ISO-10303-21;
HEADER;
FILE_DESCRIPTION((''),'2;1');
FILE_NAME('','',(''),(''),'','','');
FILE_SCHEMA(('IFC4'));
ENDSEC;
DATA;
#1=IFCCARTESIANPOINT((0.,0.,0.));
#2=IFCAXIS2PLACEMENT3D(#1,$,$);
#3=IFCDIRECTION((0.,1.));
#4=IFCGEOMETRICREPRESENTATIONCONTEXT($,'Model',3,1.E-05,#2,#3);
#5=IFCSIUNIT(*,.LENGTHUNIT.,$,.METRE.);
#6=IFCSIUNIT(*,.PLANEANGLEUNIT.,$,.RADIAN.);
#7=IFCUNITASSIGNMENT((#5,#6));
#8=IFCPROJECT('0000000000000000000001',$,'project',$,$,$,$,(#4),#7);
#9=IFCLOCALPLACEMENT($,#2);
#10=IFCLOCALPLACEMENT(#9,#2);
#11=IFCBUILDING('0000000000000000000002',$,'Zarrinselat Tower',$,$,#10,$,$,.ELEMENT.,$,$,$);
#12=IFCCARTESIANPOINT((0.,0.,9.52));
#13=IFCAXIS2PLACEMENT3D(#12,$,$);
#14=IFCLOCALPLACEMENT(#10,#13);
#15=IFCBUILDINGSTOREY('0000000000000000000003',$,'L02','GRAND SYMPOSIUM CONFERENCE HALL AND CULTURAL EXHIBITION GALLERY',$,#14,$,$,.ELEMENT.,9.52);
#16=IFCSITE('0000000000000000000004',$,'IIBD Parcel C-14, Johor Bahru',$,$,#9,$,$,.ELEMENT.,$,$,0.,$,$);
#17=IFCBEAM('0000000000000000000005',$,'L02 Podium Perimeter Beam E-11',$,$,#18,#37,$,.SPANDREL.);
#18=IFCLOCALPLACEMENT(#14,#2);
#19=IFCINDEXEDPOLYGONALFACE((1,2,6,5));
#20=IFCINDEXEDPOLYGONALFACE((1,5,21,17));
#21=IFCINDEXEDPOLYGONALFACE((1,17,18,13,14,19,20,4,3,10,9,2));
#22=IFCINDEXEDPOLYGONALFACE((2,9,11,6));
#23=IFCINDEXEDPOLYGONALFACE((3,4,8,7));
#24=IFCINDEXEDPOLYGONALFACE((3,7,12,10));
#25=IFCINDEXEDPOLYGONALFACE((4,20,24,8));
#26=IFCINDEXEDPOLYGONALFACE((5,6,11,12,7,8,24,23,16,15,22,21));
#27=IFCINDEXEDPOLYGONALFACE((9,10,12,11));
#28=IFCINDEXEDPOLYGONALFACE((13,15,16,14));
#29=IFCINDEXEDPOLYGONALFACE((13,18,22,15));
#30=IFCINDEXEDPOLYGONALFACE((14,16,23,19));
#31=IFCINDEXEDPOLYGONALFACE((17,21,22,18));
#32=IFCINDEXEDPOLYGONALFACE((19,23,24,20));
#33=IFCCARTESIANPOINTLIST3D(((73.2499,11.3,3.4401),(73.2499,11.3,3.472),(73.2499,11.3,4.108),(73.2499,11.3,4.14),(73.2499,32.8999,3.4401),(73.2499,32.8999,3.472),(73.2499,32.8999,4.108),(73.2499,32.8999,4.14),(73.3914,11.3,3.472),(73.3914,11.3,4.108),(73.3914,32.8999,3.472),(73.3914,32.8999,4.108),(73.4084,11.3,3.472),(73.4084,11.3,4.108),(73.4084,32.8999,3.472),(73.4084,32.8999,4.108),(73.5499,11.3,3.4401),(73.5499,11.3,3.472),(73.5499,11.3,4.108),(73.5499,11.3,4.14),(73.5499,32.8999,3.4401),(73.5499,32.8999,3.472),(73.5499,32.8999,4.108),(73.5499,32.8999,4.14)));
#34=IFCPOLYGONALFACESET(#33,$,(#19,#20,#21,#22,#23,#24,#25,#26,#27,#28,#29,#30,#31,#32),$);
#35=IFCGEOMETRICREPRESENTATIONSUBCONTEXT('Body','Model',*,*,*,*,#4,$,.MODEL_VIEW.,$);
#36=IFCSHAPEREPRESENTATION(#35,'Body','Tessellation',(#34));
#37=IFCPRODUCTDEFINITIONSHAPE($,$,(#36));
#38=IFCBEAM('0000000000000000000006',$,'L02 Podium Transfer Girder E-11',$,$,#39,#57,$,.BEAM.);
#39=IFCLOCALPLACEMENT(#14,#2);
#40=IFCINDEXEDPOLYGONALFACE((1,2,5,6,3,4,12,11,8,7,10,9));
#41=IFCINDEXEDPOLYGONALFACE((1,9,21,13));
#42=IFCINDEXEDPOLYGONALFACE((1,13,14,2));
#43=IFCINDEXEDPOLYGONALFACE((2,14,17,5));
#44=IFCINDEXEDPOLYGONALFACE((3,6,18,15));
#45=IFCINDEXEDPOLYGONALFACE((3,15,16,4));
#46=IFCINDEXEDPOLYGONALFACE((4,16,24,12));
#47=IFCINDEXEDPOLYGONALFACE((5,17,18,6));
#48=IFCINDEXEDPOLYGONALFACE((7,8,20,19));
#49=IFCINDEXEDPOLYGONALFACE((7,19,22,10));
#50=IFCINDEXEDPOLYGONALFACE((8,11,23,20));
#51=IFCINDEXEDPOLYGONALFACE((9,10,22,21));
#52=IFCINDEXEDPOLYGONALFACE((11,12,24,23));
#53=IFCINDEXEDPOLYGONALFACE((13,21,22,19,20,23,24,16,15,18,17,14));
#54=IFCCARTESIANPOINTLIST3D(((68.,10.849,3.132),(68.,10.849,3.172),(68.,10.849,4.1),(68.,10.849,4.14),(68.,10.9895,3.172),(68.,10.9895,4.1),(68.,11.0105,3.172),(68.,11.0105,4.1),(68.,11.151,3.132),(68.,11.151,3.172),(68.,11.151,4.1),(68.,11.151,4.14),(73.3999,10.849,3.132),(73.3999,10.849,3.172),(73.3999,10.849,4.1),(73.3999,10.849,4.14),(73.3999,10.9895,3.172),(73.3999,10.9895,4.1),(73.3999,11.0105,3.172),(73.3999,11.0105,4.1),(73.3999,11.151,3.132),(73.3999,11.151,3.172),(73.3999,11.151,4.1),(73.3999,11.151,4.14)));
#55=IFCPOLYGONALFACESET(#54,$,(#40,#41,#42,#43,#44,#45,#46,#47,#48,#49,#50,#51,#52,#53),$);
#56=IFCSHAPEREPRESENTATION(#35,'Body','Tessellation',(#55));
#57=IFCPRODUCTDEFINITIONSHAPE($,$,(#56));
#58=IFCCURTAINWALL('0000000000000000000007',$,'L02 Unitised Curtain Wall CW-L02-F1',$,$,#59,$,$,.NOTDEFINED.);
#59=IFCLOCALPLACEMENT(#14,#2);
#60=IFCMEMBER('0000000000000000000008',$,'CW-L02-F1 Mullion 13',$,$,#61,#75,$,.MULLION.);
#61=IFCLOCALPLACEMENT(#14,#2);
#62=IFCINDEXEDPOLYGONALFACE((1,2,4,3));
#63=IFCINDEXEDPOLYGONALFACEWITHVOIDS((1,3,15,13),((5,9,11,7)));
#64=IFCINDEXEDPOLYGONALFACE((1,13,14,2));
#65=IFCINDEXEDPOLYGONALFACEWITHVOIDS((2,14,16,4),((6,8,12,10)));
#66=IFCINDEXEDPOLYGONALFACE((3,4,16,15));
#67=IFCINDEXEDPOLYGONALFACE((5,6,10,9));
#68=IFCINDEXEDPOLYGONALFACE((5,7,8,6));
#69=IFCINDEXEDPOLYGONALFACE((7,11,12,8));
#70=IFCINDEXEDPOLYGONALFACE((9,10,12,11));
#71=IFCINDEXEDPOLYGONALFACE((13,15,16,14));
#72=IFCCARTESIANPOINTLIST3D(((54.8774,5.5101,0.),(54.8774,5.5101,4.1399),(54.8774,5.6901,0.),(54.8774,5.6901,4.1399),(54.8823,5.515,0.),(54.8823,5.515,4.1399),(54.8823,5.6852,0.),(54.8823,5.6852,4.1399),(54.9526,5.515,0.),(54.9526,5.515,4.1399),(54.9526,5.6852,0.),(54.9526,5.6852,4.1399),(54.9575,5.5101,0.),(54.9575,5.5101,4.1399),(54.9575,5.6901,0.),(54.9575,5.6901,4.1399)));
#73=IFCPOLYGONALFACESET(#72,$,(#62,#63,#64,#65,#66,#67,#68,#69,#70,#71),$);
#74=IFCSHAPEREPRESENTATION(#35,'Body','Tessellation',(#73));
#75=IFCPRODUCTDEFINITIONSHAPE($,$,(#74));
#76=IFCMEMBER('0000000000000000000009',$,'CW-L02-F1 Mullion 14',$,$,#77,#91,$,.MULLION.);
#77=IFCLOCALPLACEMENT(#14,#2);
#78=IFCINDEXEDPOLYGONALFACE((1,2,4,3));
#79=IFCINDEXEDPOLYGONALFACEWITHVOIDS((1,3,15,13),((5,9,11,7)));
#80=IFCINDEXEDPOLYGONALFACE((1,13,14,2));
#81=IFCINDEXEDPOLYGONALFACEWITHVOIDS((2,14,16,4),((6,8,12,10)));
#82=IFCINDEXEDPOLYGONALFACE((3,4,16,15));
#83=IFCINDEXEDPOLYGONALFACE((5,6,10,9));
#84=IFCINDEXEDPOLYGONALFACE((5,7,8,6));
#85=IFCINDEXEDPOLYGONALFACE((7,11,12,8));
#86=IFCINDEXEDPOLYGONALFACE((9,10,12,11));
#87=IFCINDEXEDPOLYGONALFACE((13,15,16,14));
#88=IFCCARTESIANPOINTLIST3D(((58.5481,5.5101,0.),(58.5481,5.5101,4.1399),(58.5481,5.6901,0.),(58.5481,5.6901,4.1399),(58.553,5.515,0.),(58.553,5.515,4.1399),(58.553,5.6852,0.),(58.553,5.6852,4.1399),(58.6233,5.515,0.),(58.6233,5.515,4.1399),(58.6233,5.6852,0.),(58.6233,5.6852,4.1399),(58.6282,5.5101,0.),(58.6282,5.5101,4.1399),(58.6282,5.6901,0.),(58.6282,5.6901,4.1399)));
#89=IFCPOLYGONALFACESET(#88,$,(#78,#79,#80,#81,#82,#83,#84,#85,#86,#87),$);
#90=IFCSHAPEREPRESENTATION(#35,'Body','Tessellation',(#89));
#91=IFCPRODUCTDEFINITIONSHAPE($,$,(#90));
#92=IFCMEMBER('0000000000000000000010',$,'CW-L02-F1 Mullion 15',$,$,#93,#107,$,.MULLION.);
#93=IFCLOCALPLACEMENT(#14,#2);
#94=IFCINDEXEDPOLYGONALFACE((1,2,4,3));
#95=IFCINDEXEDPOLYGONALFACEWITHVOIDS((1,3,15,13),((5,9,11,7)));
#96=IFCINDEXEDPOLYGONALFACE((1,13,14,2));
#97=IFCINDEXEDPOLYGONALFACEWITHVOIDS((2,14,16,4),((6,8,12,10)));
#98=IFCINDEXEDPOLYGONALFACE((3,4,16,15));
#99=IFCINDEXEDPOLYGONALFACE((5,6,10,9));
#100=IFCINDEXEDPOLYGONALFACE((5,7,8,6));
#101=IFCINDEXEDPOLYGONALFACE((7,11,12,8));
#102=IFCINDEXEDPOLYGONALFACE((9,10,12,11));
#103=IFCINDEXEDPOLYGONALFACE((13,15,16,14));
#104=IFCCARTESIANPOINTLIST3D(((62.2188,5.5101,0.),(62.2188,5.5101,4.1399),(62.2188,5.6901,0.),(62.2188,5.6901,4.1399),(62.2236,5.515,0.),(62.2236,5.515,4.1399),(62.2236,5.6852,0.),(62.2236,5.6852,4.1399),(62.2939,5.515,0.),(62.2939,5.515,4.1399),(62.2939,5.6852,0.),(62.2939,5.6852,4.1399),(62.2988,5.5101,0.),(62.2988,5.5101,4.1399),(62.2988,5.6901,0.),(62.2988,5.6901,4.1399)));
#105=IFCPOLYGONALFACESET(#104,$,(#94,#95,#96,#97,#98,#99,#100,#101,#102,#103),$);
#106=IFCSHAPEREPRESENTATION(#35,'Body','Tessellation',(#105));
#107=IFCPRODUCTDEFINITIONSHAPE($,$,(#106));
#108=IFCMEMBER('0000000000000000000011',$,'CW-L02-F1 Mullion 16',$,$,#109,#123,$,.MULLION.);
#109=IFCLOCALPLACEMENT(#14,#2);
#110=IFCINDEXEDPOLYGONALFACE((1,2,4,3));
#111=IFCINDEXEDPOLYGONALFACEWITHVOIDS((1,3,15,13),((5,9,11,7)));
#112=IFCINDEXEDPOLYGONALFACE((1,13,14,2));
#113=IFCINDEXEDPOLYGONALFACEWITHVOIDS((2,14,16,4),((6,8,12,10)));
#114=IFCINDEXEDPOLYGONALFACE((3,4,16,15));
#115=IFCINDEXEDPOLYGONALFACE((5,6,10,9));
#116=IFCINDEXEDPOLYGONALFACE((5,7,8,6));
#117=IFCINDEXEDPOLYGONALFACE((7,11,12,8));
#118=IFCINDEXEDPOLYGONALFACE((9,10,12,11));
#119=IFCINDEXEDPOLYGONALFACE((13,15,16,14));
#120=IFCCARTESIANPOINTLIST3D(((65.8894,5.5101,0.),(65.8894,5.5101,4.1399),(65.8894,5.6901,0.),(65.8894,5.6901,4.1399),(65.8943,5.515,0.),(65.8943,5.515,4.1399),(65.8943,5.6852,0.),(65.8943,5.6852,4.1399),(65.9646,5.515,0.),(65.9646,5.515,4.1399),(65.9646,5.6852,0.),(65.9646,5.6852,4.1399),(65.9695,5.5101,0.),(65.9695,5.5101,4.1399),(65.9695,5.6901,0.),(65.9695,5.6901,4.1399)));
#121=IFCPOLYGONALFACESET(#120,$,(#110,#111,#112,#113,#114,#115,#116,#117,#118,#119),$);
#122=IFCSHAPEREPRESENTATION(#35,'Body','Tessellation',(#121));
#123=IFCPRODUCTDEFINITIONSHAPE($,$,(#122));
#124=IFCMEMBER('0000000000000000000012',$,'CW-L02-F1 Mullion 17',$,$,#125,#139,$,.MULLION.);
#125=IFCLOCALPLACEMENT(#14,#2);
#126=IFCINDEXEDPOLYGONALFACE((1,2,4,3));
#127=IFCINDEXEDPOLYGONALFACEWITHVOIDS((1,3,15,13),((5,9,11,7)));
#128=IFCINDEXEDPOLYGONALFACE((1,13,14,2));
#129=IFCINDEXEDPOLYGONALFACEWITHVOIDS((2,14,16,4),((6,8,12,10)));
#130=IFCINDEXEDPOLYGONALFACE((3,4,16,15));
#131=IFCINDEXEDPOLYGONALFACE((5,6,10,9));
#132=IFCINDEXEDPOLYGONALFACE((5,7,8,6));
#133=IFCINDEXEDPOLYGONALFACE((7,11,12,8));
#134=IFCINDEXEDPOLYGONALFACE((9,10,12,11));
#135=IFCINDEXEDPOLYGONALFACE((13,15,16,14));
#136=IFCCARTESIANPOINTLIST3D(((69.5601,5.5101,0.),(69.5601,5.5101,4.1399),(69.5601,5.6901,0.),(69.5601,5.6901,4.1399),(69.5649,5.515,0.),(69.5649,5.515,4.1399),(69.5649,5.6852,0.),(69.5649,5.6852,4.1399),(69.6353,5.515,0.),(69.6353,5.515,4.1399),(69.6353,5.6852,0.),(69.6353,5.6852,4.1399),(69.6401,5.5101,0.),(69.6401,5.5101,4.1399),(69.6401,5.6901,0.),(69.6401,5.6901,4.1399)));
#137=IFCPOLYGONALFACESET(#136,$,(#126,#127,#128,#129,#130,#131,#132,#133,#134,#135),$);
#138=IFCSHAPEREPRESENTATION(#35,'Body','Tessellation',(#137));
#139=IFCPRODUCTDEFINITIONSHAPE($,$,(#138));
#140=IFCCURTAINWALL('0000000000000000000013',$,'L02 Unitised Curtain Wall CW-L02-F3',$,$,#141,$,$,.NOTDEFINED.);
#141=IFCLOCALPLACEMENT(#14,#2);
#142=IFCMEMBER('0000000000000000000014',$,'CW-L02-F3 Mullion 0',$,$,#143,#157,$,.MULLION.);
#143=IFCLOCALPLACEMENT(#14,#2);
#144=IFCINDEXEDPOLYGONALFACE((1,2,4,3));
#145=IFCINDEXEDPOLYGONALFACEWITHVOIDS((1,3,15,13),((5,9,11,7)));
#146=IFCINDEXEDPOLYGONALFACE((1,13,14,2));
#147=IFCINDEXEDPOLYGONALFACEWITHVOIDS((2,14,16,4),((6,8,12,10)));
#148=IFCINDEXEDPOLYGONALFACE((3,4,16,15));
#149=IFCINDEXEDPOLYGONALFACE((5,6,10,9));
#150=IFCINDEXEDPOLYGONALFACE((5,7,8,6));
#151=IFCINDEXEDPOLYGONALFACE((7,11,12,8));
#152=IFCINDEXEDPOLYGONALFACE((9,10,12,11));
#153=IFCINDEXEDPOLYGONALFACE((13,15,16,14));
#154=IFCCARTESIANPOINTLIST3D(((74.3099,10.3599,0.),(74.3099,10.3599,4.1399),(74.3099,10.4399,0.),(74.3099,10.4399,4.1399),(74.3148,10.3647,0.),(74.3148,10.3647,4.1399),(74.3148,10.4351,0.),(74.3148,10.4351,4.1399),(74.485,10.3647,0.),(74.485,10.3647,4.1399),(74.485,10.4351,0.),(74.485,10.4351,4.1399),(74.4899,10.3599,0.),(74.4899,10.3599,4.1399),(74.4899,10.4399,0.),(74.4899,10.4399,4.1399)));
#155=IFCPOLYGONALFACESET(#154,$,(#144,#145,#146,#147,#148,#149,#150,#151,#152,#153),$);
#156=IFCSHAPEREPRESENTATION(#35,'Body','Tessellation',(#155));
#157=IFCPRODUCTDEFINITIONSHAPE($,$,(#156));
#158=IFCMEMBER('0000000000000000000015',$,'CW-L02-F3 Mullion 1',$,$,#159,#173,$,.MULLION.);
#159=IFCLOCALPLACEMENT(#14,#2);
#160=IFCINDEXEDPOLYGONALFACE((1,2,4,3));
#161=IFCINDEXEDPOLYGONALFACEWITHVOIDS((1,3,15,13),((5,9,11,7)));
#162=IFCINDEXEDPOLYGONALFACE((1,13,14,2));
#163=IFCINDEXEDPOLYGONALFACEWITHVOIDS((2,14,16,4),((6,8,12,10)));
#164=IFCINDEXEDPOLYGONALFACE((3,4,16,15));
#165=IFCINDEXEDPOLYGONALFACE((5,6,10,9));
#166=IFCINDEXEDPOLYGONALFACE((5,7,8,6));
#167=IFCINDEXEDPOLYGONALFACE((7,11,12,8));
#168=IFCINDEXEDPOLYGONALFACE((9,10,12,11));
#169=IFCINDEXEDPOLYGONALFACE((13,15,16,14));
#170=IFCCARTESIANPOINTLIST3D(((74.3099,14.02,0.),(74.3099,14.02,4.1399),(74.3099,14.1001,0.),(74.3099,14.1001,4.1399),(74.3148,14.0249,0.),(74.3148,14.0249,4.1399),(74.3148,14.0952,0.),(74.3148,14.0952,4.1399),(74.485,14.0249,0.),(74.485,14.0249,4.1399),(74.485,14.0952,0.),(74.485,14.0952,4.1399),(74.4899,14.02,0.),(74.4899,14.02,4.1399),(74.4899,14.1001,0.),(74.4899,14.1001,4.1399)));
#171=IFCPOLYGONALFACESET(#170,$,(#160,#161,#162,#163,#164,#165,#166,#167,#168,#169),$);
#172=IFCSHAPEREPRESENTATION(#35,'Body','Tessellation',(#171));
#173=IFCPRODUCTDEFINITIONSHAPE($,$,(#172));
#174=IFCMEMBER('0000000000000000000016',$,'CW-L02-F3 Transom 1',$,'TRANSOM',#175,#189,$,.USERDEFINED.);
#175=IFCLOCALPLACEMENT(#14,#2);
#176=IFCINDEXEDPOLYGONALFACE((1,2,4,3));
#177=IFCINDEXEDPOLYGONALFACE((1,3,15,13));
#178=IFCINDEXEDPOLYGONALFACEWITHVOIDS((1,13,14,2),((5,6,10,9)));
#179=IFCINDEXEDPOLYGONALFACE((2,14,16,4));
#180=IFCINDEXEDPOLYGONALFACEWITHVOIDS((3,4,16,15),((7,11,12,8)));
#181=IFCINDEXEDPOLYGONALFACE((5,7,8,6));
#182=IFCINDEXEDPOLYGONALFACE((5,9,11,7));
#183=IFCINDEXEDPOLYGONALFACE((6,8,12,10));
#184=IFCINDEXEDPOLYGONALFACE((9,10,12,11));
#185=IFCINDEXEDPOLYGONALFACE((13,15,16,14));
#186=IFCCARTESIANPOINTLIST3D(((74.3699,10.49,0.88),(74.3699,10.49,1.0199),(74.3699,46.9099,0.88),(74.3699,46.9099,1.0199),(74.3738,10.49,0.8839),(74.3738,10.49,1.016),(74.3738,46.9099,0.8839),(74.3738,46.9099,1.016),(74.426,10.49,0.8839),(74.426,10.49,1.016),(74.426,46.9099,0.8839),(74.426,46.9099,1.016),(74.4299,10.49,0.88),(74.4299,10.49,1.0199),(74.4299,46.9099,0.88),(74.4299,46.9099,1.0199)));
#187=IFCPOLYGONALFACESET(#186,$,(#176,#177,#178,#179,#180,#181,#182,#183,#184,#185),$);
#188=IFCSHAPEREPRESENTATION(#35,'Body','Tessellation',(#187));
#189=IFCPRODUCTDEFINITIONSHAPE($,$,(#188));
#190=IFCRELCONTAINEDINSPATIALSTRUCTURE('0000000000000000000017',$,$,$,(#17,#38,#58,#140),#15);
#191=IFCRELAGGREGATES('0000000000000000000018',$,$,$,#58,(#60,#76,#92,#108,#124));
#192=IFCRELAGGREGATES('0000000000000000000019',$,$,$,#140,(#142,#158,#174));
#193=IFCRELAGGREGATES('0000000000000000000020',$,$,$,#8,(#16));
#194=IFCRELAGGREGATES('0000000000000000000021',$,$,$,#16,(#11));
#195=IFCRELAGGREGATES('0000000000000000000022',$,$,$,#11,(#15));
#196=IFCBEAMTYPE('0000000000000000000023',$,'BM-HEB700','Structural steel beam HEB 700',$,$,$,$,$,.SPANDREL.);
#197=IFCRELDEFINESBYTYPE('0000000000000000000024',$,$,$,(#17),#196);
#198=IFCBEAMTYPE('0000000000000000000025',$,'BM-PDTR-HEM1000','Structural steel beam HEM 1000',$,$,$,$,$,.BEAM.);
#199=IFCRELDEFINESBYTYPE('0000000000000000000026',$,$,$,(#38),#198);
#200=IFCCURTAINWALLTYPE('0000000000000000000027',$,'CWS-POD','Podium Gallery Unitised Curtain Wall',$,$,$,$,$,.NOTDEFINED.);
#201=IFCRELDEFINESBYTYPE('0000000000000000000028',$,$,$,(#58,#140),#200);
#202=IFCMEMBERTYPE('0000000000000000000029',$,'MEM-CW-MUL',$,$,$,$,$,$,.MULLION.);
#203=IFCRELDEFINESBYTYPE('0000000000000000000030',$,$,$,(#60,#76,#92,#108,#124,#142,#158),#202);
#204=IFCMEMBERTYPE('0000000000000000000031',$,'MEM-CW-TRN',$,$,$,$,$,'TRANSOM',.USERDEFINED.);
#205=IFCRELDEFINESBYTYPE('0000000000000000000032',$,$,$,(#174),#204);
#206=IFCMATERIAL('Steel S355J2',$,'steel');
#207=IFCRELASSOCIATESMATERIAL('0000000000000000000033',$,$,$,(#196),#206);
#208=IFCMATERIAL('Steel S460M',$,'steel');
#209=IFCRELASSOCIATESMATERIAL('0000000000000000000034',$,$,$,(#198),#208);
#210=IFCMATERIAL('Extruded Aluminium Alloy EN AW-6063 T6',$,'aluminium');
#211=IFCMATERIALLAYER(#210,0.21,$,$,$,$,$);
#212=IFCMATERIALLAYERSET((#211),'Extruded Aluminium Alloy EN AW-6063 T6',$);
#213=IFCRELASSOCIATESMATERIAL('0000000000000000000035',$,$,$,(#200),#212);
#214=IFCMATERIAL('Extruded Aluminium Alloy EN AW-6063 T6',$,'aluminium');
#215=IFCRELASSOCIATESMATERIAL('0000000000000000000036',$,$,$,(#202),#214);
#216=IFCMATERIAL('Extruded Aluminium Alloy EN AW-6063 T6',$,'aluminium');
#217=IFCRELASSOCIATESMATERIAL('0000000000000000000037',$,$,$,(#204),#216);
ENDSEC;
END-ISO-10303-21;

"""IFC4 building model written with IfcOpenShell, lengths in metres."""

from ifc_helpers import new_model, si_unit, direction, frame, origin, origin_2d, place, context, subcontext, project, spatial, hollow_rectangle, i_section, extrude, material, layer, layer_set, material_profile, profile_set, type_object, element, aggregate, save


model = new_model("IFC4")

# Units and contexts
model_context = context("Model", 3, precision=1e-05, world=origin(), true_north=direction((0.0, 1.0)))
body_context = subcontext(model_context, "Body", "Model", "MODEL_VIEW")
ifc_project = project(units=[si_unit("LENGTHUNIT", "METRE"), si_unit("PLANEANGLEUNIT", "RADIAN")], contexts=[model_context])

# Site, building, storey
site_placement = place(None, origin())
site = spatial("IfcSite", under=ifc_project, at=site_placement, Name="IIBD Parcel C-14, Johor Bahru", CompositionType="ELEMENT", RefElevation=0.0)
building_placement = place(site_placement, origin())
building = spatial("IfcBuilding", under=site, at=building_placement, Name="Zarrinselat Tower", CompositionType="ELEMENT")
storey_placement = place(building_placement, frame((0.0, 0.0, 9.52)))
storey = spatial("IfcBuildingStorey", under=building, at=storey_placement, Name="L02", Description="GRAND SYMPOSIUM CONFERENCE HALL AND CULTURAL EXHIBITION GALLERY", CompositionType="ELEMENT", Elevation=9.52)

# Beams
ifc_material_1 = material(Name="Steel S355J2", Category="steel")
ifc_material_profile_1 = material_profile(ifc_material_1, i_section(OverallWidth=0.3, OverallDepth=0.7, WebThickness=0.0171, FlangeThickness=0.032, at=origin_2d()), Name="HEB 700")
ifc_profile_set_1 = profile_set([ifc_material_profile_1], Name="Steel S355J2")
beam_type_1 = type_object("IfcBeamType", Name="BM-HEB700", Description="Structural steel beam HEB 700", PredefinedType="SPANDREL", material=ifc_profile_set_1)
beam_1_placement = place(storey_placement, frame((73.3999, 11.3, 3.79), z_axis=(0.0, 1.0, 0.0), x_axis=(-1.0, 0.0, 0.0)))
element("IfcBeam", 1, at=beam_1_placement, inside=storey, type_object=beam_type_1, Name="L02 Podium Perimeter Beam E-11", PredefinedType="SPANDREL", context=body_context, shape_type="SweptSolid", body=[
    extrude(i_section(OverallWidth=0.3, OverallDepth=0.7, WebThickness=0.0171, FlangeThickness=0.032, at=origin_2d()), origin(), (0.0, 0.0, 1.0), 21.5999),
])
ifc_material_2 = material(Name="Steel S460M", Category="steel")
ifc_material_profile_2 = material_profile(ifc_material_2, i_section(OverallWidth=0.302, OverallDepth=1.0081, WebThickness=0.021, FlangeThickness=0.04, at=origin_2d()), Name="HEM 1000")
ifc_profile_set_2 = profile_set([ifc_material_profile_2], Name="Steel S460M")
beam_type_2 = type_object("IfcBeamType", Name="BM-PDTR-HEM1000", Description="Structural steel beam HEM 1000", PredefinedType="BEAM", material=ifc_profile_set_2)
beam_2_placement = place(storey_placement, frame((68.0, 11.0, 3.636), z_axis=(1.0, 0.0, 0.0), x_axis=(0.0, 1.0, 0.0)))
element("IfcBeam", 2, at=beam_2_placement, inside=storey, type_object=beam_type_2, Name="L02 Podium Transfer Girder E-11", PredefinedType="BEAM", context=body_context, shape_type="SweptSolid", body=[
    extrude(i_section(OverallWidth=0.302, OverallDepth=1.0081, WebThickness=0.021, FlangeThickness=0.04, at=origin_2d()), origin(), (0.0, 0.0, 1.0), 5.3999),
])

# Curtain walls, members
ifc_material_3 = material(Name="Extruded Aluminium Alloy EN AW-6063 T6", Category="aluminium")
ifc_layer_1 = layer(ifc_material_3, 0.21)
ifc_layer_set_1 = layer_set([ifc_layer_1], Name="Extruded Aluminium Alloy EN AW-6063 T6")
curtain_wall_type = type_object("IfcCurtainWallType", Name="CWS-POD", Description="Podium Gallery Unitised Curtain Wall", PredefinedType="NOTDEFINED", material=ifc_layer_set_1)
curtain_wall_1_placement = place(storey_placement, origin())
curtain_wall_1 = element("IfcCurtainWall", 3, at=curtain_wall_1_placement, inside=storey, type_object=curtain_wall_type, Name="L02 Unitised Curtain Wall CW-L02-F1", PredefinedType="NOTDEFINED")
ifc_material_4 = material(Name="Extruded Aluminium Alloy EN AW-6063 T6", Category="aluminium")
ifc_material_profile_3 = material_profile(ifc_material_4, hollow_rectangle(XDim=0.0801, YDim=0.1799, WallThickness=0.0049, at=origin_2d()), Name="RHS 180x80x5")
ifc_profile_set_3 = profile_set([ifc_material_profile_3], Name="Extruded Aluminium Alloy EN AW-6063 T6")
member_type_1 = type_object("IfcMemberType", Name="MEM-CW-MUL", PredefinedType="MULLION", material=ifc_profile_set_3)
member_1_placement = place(storey_placement, frame((54.9175, 5.6001, 0.0), z_axis=(0.0, 0.0, 1.0), x_axis=(1.0, 0.0, 0.0)))
member_1 = element("IfcMember", 4, at=member_1_placement, type_object=member_type_1, Name="CW-L02-F1 Mullion 13", PredefinedType="MULLION", context=body_context, shape_type="SweptSolid", body=[
    extrude(hollow_rectangle(XDim=0.0801, YDim=0.1799, WallThickness=0.0049, at=origin_2d()), origin(), (0.0, 0.0, 1.0), 4.1399),
])
member_2_placement = place(storey_placement, frame((58.5881, 5.6001, 0.0), z_axis=(0.0, 0.0, 1.0), x_axis=(1.0, 0.0, 0.0)))
member_2 = element("IfcMember", 5, at=member_2_placement, type_object=member_type_1, Name="CW-L02-F1 Mullion 14", PredefinedType="MULLION", context=body_context, shape_type="SweptSolid", body=[
    extrude(hollow_rectangle(XDim=0.0801, YDim=0.1799, WallThickness=0.0049, at=origin_2d()), origin(), (0.0, 0.0, 1.0), 4.1399),
])
member_3_placement = place(storey_placement, frame((62.2588, 5.6001, 0.0), z_axis=(0.0, 0.0, 1.0), x_axis=(1.0, 0.0, 0.0)))
member_3 = element("IfcMember", 6, at=member_3_placement, type_object=member_type_1, Name="CW-L02-F1 Mullion 15", PredefinedType="MULLION", context=body_context, shape_type="SweptSolid", body=[
    extrude(hollow_rectangle(XDim=0.0801, YDim=0.1799, WallThickness=0.0049, at=origin_2d()), origin(), (0.0, 0.0, 1.0), 4.1399),
])
member_4_placement = place(storey_placement, frame((65.9294, 5.6001, 0.0), z_axis=(0.0, 0.0, 1.0), x_axis=(1.0, 0.0, 0.0)))
member_4 = element("IfcMember", 7, at=member_4_placement, type_object=member_type_1, Name="CW-L02-F1 Mullion 16", PredefinedType="MULLION", context=body_context, shape_type="SweptSolid", body=[
    extrude(hollow_rectangle(XDim=0.0801, YDim=0.1799, WallThickness=0.0049, at=origin_2d()), origin(), (0.0, 0.0, 1.0), 4.1399),
])
member_5_placement = place(storey_placement, frame((69.6001, 5.6001, 0.0), z_axis=(0.0, 0.0, 1.0), x_axis=(1.0, 0.0, 0.0)))
member_5 = element("IfcMember", 8, at=member_5_placement, type_object=member_type_1, Name="CW-L02-F1 Mullion 17", PredefinedType="MULLION", context=body_context, shape_type="SweptSolid", body=[
    extrude(hollow_rectangle(XDim=0.0801, YDim=0.1799, WallThickness=0.0049, at=origin_2d()), origin(), (0.0, 0.0, 1.0), 4.1399),
])
curtain_wall_2_placement = place(storey_placement, origin())
curtain_wall_2 = element("IfcCurtainWall", 9, at=curtain_wall_2_placement, inside=storey, type_object=curtain_wall_type, Name="L02 Unitised Curtain Wall CW-L02-F3", PredefinedType="NOTDEFINED")
member_6_placement = place(storey_placement, frame((74.3999, 10.3999, 0.0), z_axis=(0.0, 0.0, 1.0), x_axis=(0.0, 1.0, 0.0)))
member_6 = element("IfcMember", 10, at=member_6_placement, type_object=member_type_1, Name="CW-L02-F3 Mullion 0", PredefinedType="MULLION", context=body_context, shape_type="SweptSolid", body=[
    extrude(hollow_rectangle(XDim=0.0801, YDim=0.1799, WallThickness=0.0049, at=origin_2d()), origin(), (0.0, 0.0, 1.0), 4.1399),
])
member_7_placement = place(storey_placement, frame((74.3999, 14.0601, 0.0), z_axis=(0.0, 0.0, 1.0), x_axis=(0.0, 1.0, 0.0)))
member_7 = element("IfcMember", 11, at=member_7_placement, type_object=member_type_1, Name="CW-L02-F3 Mullion 1", PredefinedType="MULLION", context=body_context, shape_type="SweptSolid", body=[
    extrude(hollow_rectangle(XDim=0.0801, YDim=0.1799, WallThickness=0.0049, at=origin_2d()), origin(), (0.0, 0.0, 1.0), 4.1399),
])
ifc_material_5 = material(Name="Extruded Aluminium Alloy EN AW-6063 T6", Category="aluminium")
ifc_material_profile_4 = material_profile(ifc_material_5, hollow_rectangle(XDim=0.0601, YDim=0.1399, WallThickness=0.0039, at=origin_2d()), Name="RHS 140x60x4")
ifc_profile_set_4 = profile_set([ifc_material_profile_4], Name="Extruded Aluminium Alloy EN AW-6063 T6")
member_type_2 = type_object("IfcMemberType", Name="MEM-CW-TRN", ElementType="TRANSOM", PredefinedType="USERDEFINED", material=ifc_profile_set_4)
member_8_placement = place(storey_placement, frame((74.3999, 10.49, 0.95), z_axis=(0.0, 1.0, 0.0), x_axis=(-1.0, 0.0, 0.0)))
member_8 = element("IfcMember", 12, at=member_8_placement, type_object=member_type_2, Name="CW-L02-F3 Transom 1", ObjectType="TRANSOM", PredefinedType="USERDEFINED", context=body_context, shape_type="SweptSolid", body=[
    extrude(hollow_rectangle(XDim=0.0601, YDim=0.1399, WallThickness=0.0039, at=origin_2d()), origin(), (0.0, 0.0, 1.0), 36.4199),
])

aggregate(curtain_wall_1, [member_1, member_2, member_3, member_4, member_5])
aggregate(curtain_wall_2, [member_6, member_7, member_8])

save(model, "model.ifc")
